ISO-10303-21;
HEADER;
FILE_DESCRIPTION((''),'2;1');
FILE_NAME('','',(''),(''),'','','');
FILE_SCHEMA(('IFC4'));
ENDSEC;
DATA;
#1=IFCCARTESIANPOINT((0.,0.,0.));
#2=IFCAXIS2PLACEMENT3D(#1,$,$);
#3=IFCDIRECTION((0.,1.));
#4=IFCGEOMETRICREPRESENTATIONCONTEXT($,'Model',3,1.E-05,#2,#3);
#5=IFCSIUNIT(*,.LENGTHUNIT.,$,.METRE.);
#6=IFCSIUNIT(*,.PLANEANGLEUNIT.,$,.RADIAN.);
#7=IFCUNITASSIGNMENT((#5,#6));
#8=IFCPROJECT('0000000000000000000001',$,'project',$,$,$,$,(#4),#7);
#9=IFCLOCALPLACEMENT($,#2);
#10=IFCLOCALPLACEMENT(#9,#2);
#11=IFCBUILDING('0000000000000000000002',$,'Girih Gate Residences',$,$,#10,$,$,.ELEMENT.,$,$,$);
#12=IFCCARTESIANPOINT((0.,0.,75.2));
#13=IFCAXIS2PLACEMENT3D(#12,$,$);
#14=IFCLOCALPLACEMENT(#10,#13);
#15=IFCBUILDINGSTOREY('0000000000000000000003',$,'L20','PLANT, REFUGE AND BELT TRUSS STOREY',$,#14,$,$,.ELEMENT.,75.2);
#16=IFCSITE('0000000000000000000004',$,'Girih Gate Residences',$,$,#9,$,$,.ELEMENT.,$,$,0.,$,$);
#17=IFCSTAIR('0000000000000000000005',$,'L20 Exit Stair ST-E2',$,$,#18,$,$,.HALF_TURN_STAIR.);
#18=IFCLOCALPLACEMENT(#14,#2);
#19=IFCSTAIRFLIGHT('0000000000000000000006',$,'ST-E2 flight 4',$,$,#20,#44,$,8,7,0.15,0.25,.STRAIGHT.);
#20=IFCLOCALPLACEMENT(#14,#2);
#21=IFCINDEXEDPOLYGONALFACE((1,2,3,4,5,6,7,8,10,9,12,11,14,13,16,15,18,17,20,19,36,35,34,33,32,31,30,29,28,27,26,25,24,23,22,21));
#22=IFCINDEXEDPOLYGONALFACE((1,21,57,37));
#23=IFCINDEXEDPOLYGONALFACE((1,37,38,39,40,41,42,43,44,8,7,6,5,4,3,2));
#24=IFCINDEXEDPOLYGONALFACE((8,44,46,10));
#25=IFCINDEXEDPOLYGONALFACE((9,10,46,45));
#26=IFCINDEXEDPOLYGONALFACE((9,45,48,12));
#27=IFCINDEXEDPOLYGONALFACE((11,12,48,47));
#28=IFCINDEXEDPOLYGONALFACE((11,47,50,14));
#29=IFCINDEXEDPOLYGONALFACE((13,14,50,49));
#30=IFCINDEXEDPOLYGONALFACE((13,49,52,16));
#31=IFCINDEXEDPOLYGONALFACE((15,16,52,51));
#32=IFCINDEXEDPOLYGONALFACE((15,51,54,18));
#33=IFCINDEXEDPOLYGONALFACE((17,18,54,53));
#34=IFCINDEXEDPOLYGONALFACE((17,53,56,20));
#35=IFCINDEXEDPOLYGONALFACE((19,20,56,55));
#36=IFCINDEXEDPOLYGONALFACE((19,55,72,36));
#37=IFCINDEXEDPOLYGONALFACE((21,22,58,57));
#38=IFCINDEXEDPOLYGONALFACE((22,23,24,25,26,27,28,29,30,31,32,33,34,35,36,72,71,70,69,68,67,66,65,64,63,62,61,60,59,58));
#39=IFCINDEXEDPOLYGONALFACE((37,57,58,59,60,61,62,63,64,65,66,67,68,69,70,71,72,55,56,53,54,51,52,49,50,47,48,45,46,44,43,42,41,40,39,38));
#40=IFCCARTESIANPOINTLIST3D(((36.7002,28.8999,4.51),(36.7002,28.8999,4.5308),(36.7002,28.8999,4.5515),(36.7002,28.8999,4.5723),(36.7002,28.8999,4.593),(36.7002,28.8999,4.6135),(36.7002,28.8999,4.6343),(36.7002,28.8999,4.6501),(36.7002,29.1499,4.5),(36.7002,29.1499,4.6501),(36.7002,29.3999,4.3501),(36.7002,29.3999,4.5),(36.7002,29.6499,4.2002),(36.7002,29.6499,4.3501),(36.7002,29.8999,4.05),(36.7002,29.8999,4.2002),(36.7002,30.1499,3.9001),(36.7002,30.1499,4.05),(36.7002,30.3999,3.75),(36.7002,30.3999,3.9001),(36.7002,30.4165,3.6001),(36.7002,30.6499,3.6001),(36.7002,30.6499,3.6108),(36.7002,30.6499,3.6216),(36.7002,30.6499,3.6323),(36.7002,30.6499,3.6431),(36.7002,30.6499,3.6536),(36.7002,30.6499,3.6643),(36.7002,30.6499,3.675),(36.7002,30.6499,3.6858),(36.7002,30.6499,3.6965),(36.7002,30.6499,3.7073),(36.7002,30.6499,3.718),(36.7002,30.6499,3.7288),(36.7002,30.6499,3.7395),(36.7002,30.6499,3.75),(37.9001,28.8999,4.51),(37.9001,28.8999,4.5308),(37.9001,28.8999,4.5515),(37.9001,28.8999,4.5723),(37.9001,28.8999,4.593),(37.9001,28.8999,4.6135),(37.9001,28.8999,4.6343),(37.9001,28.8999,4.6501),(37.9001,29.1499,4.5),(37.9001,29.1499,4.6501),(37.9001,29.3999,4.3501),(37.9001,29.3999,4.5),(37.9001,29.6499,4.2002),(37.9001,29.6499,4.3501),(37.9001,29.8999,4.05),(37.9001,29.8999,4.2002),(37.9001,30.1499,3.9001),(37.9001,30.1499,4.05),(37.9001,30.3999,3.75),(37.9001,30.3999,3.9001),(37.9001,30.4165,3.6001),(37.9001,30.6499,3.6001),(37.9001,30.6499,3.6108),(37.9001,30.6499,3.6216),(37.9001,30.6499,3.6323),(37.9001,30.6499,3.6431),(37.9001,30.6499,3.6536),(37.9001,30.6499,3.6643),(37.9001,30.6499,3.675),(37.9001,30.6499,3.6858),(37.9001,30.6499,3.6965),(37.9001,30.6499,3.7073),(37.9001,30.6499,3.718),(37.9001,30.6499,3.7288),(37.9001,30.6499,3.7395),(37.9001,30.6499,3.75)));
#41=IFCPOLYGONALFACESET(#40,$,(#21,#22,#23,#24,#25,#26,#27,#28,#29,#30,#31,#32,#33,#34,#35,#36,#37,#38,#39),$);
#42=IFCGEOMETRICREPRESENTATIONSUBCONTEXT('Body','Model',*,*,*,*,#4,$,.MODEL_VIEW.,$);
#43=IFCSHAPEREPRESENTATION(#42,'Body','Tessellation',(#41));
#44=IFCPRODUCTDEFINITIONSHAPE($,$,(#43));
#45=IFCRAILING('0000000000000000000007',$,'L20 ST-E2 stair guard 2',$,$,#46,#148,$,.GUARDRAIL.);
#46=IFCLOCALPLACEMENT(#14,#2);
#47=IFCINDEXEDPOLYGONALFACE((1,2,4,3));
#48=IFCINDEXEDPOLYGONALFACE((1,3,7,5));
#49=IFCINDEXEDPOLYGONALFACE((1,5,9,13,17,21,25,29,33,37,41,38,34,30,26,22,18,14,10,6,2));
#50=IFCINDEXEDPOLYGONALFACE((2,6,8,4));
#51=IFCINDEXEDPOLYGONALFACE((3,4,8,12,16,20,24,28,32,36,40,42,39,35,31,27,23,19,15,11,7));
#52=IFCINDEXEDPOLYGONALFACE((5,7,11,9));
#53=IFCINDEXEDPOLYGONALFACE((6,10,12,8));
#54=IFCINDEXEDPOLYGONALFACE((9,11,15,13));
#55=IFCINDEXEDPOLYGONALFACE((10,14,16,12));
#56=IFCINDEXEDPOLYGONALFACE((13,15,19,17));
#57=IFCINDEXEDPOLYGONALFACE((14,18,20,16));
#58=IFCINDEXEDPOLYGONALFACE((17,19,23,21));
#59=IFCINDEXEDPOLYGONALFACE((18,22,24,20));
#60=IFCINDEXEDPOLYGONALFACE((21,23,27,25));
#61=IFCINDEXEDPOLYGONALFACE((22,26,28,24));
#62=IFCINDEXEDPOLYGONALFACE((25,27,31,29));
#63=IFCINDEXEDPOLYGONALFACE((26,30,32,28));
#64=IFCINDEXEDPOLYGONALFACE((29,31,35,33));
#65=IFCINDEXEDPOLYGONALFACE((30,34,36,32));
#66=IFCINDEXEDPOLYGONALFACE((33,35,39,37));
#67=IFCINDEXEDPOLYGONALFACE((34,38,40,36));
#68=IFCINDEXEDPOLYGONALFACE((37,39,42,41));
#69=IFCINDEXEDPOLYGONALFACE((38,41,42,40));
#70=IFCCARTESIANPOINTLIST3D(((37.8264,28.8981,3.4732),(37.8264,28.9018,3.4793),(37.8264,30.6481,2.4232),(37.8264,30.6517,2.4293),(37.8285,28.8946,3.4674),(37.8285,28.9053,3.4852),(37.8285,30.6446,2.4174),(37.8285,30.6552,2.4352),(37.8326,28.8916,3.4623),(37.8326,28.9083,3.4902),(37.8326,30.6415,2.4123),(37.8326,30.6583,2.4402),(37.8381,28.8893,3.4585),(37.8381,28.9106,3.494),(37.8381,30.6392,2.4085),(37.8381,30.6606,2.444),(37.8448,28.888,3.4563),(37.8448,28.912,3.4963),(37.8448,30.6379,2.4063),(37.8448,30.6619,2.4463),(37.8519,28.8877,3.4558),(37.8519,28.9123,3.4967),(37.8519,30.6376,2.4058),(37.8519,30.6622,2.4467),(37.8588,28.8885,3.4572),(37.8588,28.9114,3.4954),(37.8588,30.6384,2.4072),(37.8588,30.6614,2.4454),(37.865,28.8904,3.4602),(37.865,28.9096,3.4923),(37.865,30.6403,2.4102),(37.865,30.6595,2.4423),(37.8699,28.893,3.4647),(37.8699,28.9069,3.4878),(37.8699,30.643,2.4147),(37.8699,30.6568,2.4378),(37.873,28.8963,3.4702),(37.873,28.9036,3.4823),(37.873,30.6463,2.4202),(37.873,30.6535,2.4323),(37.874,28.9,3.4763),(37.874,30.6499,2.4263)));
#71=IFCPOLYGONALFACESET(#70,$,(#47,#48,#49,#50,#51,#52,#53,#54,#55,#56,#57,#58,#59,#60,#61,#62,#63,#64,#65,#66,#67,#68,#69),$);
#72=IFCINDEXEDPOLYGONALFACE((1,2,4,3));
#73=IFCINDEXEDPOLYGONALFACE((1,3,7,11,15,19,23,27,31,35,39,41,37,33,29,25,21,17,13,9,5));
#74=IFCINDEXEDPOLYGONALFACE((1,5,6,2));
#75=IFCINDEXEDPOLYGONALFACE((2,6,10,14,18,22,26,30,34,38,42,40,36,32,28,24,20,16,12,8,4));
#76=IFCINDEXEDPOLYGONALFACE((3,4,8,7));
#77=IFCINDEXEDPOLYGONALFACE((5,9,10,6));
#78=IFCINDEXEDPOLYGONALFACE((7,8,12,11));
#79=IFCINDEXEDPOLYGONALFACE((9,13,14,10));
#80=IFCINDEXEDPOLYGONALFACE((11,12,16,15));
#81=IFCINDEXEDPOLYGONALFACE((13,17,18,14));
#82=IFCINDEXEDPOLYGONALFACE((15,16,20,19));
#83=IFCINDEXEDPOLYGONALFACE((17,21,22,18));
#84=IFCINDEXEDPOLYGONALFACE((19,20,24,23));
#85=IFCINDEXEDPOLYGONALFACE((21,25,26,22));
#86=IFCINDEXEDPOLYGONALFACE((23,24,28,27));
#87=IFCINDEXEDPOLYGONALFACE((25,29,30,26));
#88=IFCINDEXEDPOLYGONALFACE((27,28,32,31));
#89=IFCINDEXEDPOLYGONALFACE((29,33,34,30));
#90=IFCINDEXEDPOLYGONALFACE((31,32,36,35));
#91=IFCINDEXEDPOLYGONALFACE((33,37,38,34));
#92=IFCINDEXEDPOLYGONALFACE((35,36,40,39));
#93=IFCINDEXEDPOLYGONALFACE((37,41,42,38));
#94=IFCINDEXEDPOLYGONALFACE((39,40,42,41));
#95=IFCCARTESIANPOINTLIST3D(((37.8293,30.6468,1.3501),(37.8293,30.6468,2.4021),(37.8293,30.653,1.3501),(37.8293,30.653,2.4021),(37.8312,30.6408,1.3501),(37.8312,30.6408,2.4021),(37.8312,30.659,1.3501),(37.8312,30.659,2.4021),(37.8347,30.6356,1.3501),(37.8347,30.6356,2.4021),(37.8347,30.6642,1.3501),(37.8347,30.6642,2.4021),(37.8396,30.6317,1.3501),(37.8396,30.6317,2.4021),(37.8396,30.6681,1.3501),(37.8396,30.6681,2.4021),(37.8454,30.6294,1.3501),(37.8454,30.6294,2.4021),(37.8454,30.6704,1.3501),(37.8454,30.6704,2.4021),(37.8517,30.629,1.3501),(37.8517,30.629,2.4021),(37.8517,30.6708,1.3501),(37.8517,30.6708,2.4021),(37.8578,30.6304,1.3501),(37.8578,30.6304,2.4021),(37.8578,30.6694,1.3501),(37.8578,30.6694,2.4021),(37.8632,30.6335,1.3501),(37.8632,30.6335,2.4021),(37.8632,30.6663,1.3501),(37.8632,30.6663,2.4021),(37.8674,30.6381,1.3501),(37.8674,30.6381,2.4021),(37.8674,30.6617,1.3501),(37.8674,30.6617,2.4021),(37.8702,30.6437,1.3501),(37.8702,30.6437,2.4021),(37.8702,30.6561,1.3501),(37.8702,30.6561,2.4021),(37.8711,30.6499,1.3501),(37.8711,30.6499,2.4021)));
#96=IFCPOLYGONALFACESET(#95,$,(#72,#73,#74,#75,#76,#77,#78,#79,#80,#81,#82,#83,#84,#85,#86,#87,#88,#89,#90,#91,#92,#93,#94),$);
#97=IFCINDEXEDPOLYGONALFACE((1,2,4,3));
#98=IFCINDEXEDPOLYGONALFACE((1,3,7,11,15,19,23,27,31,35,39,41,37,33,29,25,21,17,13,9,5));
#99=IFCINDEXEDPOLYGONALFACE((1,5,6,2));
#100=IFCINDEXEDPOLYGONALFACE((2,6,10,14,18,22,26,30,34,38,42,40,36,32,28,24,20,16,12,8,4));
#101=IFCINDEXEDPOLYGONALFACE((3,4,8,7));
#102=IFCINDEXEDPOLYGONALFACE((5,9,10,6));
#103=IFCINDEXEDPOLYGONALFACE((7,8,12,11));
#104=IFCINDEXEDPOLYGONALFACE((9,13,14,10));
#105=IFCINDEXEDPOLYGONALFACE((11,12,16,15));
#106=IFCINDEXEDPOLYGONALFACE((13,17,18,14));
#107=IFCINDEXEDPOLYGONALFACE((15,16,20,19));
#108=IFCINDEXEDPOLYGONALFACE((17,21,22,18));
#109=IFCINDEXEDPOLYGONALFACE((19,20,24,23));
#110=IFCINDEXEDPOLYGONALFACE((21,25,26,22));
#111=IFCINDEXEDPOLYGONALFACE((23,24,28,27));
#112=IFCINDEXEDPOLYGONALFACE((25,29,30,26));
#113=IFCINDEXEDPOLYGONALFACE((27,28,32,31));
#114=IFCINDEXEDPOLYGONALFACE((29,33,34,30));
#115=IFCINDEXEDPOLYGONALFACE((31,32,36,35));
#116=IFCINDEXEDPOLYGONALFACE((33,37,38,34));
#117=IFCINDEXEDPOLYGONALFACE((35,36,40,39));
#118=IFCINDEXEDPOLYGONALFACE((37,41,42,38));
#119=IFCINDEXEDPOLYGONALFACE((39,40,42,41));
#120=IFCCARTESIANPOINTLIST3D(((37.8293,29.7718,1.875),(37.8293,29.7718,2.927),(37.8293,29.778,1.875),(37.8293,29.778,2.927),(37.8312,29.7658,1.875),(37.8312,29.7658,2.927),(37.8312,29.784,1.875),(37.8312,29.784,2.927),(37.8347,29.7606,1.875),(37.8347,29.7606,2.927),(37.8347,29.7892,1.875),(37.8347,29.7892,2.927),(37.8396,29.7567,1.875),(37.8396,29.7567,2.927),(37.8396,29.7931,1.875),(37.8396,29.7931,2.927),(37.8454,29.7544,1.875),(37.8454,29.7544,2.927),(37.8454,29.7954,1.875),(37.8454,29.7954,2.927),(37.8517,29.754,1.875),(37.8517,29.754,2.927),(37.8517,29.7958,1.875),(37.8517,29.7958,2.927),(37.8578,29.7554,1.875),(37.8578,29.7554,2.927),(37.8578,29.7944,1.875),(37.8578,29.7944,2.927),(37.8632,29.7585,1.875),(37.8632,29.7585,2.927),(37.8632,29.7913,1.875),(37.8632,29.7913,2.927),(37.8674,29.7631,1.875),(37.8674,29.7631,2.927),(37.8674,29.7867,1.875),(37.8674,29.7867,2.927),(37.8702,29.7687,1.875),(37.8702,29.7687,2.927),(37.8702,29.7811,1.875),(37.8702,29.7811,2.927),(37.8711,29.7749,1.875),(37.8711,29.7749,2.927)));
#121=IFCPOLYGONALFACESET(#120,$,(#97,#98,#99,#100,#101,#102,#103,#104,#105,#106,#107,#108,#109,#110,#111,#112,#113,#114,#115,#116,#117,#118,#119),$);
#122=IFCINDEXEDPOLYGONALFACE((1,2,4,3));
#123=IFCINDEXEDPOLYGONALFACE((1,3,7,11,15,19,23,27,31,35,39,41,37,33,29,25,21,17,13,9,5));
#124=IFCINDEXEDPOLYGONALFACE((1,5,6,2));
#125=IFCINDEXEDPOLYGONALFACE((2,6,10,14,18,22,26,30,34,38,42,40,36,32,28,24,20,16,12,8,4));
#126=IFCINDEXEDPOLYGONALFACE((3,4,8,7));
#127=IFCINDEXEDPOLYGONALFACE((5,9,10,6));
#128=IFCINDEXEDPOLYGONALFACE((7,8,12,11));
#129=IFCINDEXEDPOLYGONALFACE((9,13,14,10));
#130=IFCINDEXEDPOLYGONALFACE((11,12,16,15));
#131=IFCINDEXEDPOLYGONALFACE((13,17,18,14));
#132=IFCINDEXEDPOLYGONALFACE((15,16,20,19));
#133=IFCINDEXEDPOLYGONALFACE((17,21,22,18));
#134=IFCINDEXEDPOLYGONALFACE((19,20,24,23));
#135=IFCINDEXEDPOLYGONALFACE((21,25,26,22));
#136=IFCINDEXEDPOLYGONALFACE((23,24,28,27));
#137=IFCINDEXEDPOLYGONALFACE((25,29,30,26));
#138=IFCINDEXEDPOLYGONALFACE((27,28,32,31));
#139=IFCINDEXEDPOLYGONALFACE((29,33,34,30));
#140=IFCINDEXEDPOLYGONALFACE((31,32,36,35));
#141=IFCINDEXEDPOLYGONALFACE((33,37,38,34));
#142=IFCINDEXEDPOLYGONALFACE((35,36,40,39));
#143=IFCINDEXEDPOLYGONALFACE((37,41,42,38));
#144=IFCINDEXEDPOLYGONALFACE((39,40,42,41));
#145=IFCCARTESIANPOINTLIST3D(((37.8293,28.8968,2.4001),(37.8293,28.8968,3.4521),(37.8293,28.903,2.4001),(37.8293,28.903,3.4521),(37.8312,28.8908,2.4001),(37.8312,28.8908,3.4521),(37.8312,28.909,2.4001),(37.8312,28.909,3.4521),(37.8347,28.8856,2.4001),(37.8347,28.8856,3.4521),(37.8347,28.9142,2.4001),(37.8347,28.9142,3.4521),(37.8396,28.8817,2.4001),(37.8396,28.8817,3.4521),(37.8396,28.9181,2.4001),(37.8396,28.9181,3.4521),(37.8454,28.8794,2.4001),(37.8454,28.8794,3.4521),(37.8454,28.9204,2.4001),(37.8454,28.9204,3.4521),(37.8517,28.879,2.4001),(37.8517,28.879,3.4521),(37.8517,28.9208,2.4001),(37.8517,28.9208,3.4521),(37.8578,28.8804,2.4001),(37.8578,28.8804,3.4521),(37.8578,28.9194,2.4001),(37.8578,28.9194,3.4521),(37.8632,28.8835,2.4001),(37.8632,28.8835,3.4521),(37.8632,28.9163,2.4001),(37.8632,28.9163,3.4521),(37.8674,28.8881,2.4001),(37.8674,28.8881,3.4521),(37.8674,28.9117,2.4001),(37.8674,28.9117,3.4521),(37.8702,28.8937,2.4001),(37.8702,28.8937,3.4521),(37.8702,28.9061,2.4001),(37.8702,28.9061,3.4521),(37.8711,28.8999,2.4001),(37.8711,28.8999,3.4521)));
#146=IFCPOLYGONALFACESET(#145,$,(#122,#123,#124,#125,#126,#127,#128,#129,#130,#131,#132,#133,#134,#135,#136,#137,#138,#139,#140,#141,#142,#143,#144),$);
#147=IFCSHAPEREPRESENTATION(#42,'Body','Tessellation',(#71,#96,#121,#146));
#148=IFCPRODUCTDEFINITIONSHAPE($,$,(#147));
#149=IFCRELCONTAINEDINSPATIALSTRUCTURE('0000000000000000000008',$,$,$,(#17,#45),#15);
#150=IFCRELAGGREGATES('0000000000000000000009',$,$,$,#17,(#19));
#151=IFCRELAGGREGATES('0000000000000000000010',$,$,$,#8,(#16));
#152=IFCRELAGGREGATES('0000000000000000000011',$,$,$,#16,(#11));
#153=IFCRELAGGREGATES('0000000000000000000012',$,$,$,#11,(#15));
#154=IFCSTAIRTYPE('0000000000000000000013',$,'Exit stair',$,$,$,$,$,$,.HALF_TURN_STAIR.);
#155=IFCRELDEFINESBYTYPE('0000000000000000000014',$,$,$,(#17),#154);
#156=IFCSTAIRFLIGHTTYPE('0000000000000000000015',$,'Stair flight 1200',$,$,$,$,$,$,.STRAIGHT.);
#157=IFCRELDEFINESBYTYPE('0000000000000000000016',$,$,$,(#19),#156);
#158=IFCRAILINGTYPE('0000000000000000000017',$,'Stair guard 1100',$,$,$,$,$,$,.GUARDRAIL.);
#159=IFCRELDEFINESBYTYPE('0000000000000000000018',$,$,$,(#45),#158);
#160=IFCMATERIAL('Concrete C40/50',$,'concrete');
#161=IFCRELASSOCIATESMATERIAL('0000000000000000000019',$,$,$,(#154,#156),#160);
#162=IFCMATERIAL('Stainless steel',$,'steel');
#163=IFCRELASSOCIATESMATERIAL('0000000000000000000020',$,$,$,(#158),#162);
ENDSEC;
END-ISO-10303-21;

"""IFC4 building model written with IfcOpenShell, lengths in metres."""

from ifc_helpers import new_model, si_unit, direction, frame, origin, origin_2d, place, context, subcontext, project, spatial, polyline, circle, outline, extrude, material, type_object, element, aggregate, save


model = new_model("IFC4")

# Units and contexts
model_context = context("Model", 3, precision=1e-05, world=origin(), true_north=direction((0.0, 1.0)))
body_context = subcontext(model_context, "Body", "Model", "MODEL_VIEW")
ifc_project = project(units=[si_unit("LENGTHUNIT", "METRE"), si_unit("PLANEANGLEUNIT", "RADIAN")], contexts=[model_context])

# Site, building, storey
site_placement = place(None, origin())
site = spatial("IfcSite", under=ifc_project, at=site_placement, Name="Girih Gate Residences", CompositionType="ELEMENT", RefElevation=0.0)
building_placement = place(site_placement, origin())
building = spatial("IfcBuilding", under=site, at=building_placement, Name="Girih Gate Residences", CompositionType="ELEMENT")
storey_placement = place(building_placement, frame((0.0, 0.0, 75.2)))
storey = spatial("IfcBuildingStorey", under=building, at=storey_placement, Name="L20", Description="PLANT, REFUGE AND BELT TRUSS STOREY", CompositionType="ELEMENT", Elevation=75.2)

# Shared definitions
ifc_material_1 = material(Name="Concrete C40/50", Category="concrete")

# Stair, stair flight
stair_type = type_object("IfcStairType", Name="Exit stair", PredefinedType="HALF_TURN_STAIR", material=ifc_material_1)
stair_placement = place(storey_placement, origin())
stair = element("IfcStair", 1, at=stair_placement, inside=storey, type_object=stair_type, Name="L20 Exit Stair ST-E2", PredefinedType="HALF_TURN_STAIR")
stair_flight_type = type_object("IfcStairFlightType", Name="Stair flight 1200", PredefinedType="STRAIGHT", material=ifc_material_1)
stair_flight_1_placement = place(storey_placement, frame((37.3, 30.6499, 3.6001), z_axis=(0.0, 0.0, 1.0), x_axis=(0.0, -1.0, 0.0)))
stair_flight_1 = element("IfcStairFlight", 2, at=stair_flight_1_placement, type_object=stair_flight_type, Name="ST-E2 flight 4", NumberOfRisers=8, NumberOfTreads=7, PredefinedType="STRAIGHT", RiserHeight=0.15, TreadLength=0.25, context=body_context, shape_type="SweptSolid", body=[
    extrude(outline(polyline([(0.0, 0.0), (0.0, 0.0107), (0.0, 0.0215), (0.0, 0.0322), (0.0, 0.043), (0.0, 0.0535), (0.0, 0.0642), (0.0, 0.075), (0.0, 0.0857), (0.0, 0.0964), (0.0, 0.1072), (0.0, 0.1179), (0.0, 0.1287), (0.0, 0.1394), (0.0, 0.1499), (0.25, 0.1499), (0.25, 0.3), (0.5, 0.3), (0.5, 0.45), (0.75, 0.45), (0.75, 0.6001), (1.0, 0.6001), (1.0, 0.75), (1.25, 0.75), (1.25, 0.8999), (1.5, 0.8999), (1.5, 1.05), (1.75, 1.05), (1.75, 1.0608), (1.75, 1.0715), (1.75, 1.082), (1.75, 1.0928), (1.75, 1.1035), (1.75, 1.1143), (1.75, 1.125), (1.75, 1.1357), (1.75, 1.1465), (1.75, 1.1572), (1.75, 1.168), (1.75, 1.1785), (1.75, 1.1892), (1.75, 1.2), (1.75, 1.1792), (1.75, 1.1584), (1.75, 1.1379), (1.75, 1.1172), (1.75, 1.0964), (1.75, 1.0757), (1.75, 1.0549), (1.75, 1.0342), (1.75, 1.0134), (1.75, 0.9929), (1.75, 0.9722), (1.75, 0.9514), (1.75, 0.9307), (1.75, 0.9099), (0.2334, 0.0), (0.0, 0.0)])), frame((0.0, 0.6001, 0.0), z_axis=(0.0, -1.0, 0.0), x_axis=(1.0, 0.0, 0.0)), (0.0, 0.0, 1.0), 1.2),
])
aggregate(stair, [stair_flight_1])

# Railing
ifc_material_2 = material(Name="Stainless steel", Category="steel")
railing_type_1 = type_object("IfcRailingType", Name="Stair guard 1100", PredefinedType="GUARDRAIL", material=ifc_material_2)
for number, where, name in (
    (3, (37.8501, 30.6499, 1.3501), "L20 ST-E2 stair guard 2"),
):
    element("IfcRailing", number, at=place(storey_placement, frame(where)), inside=storey, type_object=railing_type_1, Name=name, PredefinedType="GUARDRAIL", context=body_context, shape_type="SweptSolid", body=[
        extrude(circle(Radius=0.0239, at=origin_2d()), frame((0.0, 0.0, 1.0762), z_axis=(0.0, -0.857482, 0.514513), x_axis=(1.0, 0.0, 0.0)), (0.0, 0.0, 1.0), 2.0408),
        extrude(circle(Radius=0.021, at=origin_2d()), origin(), (0.0, 0.0, 1.0), 1.052),
        extrude(circle(Radius=0.021, at=origin_2d()), frame((0.0, -0.875, 0.5249)), (0.0, 0.0, 1.0), 1.052),
        extrude(circle(Radius=0.021, at=origin_2d()), frame((0.0, -1.75, 1.05)), (0.0, 0.0, 1.0), 1.052),
    ])

save(model, "model.ifc")
